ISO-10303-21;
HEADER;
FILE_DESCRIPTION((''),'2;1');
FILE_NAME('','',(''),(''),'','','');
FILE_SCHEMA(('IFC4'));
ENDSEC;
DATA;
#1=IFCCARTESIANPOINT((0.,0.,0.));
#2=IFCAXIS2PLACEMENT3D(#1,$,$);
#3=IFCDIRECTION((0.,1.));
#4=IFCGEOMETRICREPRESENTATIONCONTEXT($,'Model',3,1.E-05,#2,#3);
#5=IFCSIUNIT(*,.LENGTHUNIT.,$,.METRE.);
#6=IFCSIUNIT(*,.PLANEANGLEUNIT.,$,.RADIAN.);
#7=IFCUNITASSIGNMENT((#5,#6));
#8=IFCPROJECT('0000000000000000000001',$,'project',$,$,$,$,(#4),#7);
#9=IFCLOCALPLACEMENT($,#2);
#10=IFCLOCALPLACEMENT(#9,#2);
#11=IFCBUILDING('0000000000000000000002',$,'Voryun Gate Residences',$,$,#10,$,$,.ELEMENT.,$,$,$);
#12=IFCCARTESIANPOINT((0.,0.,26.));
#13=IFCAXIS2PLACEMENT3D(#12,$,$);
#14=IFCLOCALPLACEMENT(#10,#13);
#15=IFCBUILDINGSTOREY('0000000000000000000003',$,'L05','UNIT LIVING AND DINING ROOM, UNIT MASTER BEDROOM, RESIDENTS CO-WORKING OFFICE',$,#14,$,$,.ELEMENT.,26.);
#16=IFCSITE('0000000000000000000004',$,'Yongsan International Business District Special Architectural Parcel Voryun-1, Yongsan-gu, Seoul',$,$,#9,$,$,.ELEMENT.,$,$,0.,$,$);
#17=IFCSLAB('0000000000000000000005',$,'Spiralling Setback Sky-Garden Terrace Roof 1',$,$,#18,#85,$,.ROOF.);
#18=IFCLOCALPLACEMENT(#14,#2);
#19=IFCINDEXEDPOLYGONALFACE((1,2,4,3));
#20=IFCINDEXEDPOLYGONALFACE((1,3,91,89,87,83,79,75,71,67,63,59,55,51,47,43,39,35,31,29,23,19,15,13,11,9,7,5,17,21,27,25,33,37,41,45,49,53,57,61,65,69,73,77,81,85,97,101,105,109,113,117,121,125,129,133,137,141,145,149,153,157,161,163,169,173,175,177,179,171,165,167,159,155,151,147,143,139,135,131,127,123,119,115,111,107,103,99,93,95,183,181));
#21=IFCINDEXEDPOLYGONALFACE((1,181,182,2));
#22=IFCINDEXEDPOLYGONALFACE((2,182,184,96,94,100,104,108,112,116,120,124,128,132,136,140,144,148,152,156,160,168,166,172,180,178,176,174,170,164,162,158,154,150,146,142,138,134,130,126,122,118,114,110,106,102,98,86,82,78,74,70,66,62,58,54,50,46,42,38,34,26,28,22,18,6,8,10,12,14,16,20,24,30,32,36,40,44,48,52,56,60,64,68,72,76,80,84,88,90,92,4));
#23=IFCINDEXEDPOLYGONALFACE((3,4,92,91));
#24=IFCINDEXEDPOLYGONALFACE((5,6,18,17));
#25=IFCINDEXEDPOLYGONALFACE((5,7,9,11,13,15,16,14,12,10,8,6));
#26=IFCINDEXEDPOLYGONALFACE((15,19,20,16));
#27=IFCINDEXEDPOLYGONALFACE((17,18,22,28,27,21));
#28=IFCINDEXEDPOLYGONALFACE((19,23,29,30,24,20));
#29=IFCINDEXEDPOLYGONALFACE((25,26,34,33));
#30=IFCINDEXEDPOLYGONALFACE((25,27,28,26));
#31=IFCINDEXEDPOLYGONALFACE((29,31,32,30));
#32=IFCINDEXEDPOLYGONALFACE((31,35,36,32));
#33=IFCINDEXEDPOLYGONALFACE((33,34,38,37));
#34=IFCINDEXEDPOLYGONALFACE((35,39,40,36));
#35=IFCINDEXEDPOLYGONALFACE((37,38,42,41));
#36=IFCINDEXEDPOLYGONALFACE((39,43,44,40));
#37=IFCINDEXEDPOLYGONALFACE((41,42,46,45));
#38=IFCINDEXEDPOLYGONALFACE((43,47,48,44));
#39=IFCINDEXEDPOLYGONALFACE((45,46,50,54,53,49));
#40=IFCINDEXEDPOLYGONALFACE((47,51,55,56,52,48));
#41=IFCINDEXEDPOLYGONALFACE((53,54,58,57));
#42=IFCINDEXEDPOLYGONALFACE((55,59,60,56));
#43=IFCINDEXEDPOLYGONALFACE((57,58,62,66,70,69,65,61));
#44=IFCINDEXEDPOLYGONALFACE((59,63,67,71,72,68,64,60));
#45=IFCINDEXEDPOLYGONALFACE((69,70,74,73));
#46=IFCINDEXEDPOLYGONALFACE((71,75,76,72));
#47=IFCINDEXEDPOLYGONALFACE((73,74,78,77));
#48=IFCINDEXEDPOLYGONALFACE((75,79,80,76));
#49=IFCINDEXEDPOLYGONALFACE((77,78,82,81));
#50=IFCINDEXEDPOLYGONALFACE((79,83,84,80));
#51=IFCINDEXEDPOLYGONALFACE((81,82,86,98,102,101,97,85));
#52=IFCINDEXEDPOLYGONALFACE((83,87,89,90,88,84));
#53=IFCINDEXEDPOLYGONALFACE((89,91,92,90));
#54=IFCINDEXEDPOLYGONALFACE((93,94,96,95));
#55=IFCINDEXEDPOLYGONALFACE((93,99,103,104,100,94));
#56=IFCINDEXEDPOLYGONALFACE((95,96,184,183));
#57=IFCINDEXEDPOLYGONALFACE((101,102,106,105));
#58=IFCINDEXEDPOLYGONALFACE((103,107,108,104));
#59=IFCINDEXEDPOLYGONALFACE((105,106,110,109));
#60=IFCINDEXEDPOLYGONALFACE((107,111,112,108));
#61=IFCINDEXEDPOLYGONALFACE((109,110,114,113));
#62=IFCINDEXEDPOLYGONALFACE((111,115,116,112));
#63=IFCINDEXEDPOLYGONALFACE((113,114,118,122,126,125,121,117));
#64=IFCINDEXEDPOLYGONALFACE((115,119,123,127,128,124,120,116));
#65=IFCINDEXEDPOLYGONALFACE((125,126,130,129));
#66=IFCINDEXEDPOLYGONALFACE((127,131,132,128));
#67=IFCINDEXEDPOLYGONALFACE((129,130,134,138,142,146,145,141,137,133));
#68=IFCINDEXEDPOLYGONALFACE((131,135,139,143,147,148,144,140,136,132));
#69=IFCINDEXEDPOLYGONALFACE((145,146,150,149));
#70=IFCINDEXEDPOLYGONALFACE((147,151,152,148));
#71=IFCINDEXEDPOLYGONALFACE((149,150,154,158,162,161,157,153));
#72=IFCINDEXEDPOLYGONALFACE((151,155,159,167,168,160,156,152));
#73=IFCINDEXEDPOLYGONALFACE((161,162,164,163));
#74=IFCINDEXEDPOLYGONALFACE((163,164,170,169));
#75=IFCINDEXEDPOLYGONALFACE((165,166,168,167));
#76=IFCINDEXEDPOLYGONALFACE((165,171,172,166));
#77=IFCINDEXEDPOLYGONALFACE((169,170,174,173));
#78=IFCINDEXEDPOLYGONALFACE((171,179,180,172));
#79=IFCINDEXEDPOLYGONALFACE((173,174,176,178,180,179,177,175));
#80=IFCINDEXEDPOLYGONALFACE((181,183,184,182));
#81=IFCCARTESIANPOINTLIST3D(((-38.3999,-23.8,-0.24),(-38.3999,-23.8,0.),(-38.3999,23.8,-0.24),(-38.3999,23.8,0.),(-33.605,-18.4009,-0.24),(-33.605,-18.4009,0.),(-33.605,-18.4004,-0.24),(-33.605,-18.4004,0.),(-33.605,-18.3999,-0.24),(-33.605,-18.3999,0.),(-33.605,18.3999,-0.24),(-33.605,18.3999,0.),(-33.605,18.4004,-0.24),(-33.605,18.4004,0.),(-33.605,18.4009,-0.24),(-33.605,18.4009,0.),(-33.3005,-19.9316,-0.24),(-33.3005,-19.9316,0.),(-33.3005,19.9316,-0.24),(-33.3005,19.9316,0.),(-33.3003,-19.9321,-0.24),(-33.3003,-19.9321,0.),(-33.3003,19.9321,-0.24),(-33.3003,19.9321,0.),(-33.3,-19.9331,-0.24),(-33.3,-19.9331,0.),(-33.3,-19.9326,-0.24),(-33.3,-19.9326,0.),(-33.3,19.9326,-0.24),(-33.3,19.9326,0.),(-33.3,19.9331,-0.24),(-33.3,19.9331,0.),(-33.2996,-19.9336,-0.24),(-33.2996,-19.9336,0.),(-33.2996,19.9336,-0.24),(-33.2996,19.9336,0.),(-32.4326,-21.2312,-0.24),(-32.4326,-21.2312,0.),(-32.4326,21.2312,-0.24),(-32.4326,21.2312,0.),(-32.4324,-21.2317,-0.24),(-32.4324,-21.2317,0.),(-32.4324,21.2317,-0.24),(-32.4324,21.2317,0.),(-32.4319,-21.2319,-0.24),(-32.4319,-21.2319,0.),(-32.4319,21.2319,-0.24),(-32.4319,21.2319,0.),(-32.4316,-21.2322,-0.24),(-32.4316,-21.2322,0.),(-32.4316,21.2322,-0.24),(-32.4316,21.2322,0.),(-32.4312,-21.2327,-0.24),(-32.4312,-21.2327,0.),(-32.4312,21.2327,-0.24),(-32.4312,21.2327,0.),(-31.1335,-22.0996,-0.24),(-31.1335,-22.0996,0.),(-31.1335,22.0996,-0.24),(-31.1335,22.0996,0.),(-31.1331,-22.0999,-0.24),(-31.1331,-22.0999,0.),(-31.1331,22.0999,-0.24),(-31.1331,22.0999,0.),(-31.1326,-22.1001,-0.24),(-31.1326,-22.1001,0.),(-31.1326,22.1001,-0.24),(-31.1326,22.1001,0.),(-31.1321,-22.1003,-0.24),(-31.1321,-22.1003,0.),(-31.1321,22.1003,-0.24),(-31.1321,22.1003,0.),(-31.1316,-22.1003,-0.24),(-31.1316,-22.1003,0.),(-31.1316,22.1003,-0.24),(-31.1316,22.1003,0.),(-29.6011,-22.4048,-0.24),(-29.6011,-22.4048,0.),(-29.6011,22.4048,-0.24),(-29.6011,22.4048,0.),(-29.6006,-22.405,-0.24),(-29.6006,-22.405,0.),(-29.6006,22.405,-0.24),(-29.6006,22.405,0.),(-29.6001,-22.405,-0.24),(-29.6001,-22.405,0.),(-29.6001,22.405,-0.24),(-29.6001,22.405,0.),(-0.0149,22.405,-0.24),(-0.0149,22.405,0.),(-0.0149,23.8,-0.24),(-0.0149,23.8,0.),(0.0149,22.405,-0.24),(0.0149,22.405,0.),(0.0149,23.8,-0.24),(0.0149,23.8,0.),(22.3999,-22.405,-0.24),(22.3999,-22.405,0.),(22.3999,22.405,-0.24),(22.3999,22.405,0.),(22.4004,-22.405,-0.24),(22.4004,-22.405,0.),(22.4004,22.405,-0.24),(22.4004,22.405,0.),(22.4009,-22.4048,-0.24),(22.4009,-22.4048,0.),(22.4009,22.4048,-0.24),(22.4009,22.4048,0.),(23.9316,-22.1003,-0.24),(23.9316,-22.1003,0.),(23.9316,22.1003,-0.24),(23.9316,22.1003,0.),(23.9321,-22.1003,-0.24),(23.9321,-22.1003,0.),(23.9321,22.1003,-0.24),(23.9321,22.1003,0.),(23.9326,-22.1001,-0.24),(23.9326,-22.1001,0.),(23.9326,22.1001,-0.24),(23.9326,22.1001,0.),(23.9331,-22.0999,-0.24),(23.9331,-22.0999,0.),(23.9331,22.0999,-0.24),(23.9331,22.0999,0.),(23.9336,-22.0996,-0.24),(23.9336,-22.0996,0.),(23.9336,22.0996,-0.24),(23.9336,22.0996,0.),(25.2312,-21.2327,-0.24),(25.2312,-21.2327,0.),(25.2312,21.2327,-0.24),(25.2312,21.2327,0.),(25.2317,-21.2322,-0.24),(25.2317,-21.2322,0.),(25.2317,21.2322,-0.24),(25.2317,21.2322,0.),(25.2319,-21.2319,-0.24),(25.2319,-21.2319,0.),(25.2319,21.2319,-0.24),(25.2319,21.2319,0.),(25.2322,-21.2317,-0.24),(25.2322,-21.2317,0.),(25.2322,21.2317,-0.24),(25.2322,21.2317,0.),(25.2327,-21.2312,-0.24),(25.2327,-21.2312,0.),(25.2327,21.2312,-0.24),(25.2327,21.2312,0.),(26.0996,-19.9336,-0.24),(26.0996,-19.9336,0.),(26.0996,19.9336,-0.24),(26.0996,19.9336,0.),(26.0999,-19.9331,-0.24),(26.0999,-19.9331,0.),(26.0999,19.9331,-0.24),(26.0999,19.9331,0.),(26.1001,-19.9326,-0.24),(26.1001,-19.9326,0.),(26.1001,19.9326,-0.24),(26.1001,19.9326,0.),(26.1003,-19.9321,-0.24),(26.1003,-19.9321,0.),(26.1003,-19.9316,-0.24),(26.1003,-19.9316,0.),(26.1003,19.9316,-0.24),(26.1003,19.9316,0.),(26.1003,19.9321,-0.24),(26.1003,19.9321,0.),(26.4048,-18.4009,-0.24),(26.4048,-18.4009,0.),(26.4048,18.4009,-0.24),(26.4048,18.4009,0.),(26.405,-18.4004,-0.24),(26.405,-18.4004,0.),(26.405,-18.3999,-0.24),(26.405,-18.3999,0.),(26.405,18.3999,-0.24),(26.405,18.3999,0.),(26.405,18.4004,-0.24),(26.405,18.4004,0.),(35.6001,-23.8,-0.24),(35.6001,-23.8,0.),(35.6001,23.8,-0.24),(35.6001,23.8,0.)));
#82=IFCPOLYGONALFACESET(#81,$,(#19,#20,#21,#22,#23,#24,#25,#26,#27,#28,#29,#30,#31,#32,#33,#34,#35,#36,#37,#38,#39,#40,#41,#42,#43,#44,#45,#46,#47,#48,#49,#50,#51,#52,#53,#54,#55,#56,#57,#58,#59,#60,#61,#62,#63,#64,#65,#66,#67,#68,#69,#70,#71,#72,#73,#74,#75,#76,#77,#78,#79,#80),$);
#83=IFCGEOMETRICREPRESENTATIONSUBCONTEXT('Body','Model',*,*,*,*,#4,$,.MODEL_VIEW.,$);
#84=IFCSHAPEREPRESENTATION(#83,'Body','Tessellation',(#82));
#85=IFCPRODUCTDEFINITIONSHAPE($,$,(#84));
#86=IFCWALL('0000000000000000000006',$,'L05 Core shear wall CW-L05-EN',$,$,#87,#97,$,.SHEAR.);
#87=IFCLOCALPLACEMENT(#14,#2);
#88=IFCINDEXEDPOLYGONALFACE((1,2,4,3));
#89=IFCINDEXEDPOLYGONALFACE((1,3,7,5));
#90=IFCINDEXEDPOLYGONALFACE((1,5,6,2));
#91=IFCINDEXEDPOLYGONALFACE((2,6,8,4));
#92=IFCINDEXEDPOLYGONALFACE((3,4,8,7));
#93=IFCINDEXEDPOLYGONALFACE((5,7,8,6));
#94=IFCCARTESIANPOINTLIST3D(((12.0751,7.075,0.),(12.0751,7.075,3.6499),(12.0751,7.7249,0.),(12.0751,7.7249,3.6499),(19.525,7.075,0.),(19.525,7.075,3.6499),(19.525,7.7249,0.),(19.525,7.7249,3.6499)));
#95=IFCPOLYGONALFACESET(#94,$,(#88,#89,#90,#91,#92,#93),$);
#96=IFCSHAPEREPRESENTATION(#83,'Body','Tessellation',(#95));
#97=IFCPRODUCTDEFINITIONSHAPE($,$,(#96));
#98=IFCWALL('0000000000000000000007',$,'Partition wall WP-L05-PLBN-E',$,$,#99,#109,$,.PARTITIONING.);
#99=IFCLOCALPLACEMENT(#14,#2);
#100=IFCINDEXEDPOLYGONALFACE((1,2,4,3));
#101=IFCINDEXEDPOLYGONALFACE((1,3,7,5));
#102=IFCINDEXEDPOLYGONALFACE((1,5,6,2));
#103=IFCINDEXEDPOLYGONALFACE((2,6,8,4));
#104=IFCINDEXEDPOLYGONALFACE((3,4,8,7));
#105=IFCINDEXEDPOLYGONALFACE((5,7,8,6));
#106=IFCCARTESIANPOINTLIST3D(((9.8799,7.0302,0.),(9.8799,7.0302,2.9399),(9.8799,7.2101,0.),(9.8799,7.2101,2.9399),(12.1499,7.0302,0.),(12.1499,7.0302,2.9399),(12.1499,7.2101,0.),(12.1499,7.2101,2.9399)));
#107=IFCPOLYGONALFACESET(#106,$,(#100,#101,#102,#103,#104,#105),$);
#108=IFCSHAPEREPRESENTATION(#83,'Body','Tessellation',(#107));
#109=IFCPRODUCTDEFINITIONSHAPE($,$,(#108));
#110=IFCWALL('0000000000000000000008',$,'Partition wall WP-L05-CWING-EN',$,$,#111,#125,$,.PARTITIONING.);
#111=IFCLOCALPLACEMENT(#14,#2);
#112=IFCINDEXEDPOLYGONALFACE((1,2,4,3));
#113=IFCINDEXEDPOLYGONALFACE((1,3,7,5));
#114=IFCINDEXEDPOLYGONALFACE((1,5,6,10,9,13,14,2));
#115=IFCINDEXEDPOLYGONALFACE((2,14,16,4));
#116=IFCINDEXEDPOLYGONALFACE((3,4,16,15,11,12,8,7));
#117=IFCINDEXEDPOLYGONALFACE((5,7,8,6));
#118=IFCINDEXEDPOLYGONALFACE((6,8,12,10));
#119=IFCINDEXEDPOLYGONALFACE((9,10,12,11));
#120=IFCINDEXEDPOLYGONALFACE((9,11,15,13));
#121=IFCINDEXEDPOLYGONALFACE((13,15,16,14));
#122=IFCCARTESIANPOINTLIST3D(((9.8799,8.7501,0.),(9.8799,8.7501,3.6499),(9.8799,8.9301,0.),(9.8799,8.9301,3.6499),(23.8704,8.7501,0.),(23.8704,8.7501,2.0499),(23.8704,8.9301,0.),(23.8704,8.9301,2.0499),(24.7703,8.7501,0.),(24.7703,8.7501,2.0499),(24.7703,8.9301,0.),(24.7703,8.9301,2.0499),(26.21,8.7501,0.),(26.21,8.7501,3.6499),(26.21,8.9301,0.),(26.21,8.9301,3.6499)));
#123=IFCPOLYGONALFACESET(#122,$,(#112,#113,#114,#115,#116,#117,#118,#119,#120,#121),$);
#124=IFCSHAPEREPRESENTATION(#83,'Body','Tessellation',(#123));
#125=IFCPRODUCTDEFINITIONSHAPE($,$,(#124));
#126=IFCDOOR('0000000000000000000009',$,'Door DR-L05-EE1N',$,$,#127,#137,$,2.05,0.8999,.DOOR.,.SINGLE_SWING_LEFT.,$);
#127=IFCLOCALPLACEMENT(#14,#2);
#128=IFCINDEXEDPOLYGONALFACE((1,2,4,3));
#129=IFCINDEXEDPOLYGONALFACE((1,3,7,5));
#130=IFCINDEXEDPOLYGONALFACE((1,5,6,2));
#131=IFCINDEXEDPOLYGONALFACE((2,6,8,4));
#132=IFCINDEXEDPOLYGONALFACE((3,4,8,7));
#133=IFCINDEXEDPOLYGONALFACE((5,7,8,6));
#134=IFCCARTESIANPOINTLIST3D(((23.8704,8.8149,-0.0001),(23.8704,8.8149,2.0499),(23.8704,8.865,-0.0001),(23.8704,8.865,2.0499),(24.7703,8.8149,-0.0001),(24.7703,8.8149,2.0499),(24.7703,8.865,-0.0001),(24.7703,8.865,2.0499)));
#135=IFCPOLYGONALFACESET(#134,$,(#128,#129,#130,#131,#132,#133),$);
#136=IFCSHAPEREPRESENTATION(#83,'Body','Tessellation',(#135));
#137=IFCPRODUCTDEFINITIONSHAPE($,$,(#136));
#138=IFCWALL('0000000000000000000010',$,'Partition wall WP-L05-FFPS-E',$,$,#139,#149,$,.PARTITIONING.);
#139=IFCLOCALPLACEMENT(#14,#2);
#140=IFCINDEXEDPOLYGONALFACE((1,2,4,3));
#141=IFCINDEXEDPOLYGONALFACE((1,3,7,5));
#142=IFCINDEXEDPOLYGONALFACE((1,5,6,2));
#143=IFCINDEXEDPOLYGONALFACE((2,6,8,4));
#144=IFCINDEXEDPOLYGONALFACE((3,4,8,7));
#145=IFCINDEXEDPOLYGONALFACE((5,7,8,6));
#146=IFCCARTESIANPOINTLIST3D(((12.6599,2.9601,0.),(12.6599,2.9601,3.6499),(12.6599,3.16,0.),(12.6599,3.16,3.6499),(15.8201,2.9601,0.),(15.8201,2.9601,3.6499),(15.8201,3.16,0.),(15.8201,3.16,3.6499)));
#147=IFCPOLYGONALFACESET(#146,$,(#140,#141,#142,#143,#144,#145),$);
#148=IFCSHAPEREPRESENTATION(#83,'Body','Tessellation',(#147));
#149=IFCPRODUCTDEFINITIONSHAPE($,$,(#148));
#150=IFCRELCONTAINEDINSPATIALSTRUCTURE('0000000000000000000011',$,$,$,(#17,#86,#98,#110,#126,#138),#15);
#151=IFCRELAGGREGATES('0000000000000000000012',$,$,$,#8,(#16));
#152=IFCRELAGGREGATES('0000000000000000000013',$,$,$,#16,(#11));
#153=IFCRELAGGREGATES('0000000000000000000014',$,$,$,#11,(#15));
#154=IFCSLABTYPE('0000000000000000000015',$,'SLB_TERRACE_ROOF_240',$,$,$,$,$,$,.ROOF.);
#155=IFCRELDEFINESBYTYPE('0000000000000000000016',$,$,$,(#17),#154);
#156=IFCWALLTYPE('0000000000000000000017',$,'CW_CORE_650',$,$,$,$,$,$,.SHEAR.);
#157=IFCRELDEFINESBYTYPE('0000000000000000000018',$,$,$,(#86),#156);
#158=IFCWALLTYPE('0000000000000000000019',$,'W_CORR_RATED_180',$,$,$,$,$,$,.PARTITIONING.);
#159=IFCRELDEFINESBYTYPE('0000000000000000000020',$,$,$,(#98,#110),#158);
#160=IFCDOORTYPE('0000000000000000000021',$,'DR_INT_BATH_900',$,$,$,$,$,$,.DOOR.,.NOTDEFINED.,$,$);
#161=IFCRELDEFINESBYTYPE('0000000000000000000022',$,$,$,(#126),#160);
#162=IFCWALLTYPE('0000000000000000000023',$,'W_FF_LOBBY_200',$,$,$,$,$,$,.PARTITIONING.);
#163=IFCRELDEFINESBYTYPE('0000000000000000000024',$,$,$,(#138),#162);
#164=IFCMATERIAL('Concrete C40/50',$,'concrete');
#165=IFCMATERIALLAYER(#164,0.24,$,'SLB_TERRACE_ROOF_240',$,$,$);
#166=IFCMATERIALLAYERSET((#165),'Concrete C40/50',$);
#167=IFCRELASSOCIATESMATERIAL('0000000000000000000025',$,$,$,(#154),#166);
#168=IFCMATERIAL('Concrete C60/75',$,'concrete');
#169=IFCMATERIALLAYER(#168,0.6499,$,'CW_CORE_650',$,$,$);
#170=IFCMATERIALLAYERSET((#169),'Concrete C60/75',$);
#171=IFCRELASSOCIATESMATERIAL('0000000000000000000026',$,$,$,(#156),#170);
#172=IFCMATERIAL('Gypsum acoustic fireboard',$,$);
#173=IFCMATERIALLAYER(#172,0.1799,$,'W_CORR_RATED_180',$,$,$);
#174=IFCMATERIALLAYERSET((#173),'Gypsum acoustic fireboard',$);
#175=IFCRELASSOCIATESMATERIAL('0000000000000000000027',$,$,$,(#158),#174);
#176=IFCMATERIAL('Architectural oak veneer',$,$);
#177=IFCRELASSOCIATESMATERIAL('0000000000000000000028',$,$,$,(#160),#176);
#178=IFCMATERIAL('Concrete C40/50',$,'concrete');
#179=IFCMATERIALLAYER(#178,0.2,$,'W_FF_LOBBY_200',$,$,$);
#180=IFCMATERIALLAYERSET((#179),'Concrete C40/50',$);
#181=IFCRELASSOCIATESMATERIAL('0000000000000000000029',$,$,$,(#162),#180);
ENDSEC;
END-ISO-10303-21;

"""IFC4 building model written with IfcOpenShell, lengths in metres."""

from ifc_helpers import new_model, si_unit, direction, frame, frame_2d, origin, place, context, subcontext, project, spatial, polyline, rectangle, outline, extrude, material, layer, layer_set, type_object, element, fill, save


model = new_model("IFC4")

# Units and contexts
model_context = context("Model", 3, precision=1e-05, world=origin(), true_north=direction((0.0, 1.0)))
body_context = subcontext(model_context, "Body", "Model", "MODEL_VIEW")
ifc_project = project(units=[si_unit("LENGTHUNIT", "METRE"), si_unit("PLANEANGLEUNIT", "RADIAN")], contexts=[model_context])

# Site, building, storey
site_placement = place(None, origin())
site = spatial("IfcSite", under=ifc_project, at=site_placement, Name="Yongsan International Business District Special Architectural Parcel Voryun-1, Yongsan-gu, Seoul", CompositionType="ELEMENT", RefElevation=0.0)
building_placement = place(site_placement, origin())
building = spatial("IfcBuilding", under=site, at=building_placement, Name="Voryun Gate Residences", CompositionType="ELEMENT")
storey_placement = place(building_placement, frame((0.0, 0.0, 26.0)))
storey = spatial("IfcBuildingStorey", under=building, at=storey_placement, Name="L05", Description="UNIT LIVING AND DINING ROOM, UNIT MASTER BEDROOM, RESIDENTS CO-WORKING OFFICE", CompositionType="ELEMENT", Elevation=26.0)

# Slab
ifc_material_1 = material(Name="Concrete C40/50", Category="concrete")
ifc_layer_1 = layer(ifc_material_1, 0.24, Name="SLB_TERRACE_ROOF_240")
ifc_layer_set_1 = layer_set([ifc_layer_1], Name="Concrete C40/50")
slab_type_1 = type_object("IfcSlabType", Name="SLB_TERRACE_ROOF_240", PredefinedType="ROOF", material=ifc_layer_set_1)
slab_1_placement = place(storey_placement, frame((0.0, 0.0, -0.24)))
element("IfcSlab", 1, at=slab_1_placement, inside=storey, type_object=slab_type_1, Name="Spiralling Setback Sky-Garden Terrace Roof 1", PredefinedType="ROOF", context=body_context, shape_type="SweptSolid", body=[
    extrude(outline(polyline([(-0.0149, 23.8), (-0.0149, 22.405), (-29.6001, 22.405), (-29.6006, 22.405), (-29.6011, 22.4048), (-31.1316, 22.1003), (-31.1321, 22.1003), (-31.1326, 22.1001), (-31.1331, 22.0999), (-31.1335, 22.0996), (-32.4312, 21.2327), (-32.4316, 21.2322), (-32.4319, 21.2319), (-32.4324, 21.2317), (-32.4326, 21.2312), (-33.2996, 19.9336), (-33.3, 19.9331), (-33.3, 19.9326), (-33.3003, 19.9321), (-33.3005, 19.9316), (-33.605, 18.4009), (-33.605, 18.4004), (-33.605, 18.3999), (-33.605, -18.3999), (-33.605, -18.4004), (-33.605, -18.4009), (-33.3005, -19.9316), (-33.3003, -19.9321), (-33.3, -19.9326), (-33.3, -19.9331), (-33.2996, -19.9336), (-32.4326, -21.2312), (-32.4324, -21.2317), (-32.4319, -21.2319), (-32.4316, -21.2322), (-32.4312, -21.2327), (-31.1335, -22.0996), (-31.1331, -22.0999), (-31.1326, -22.1001), (-31.1321, -22.1003), (-31.1316, -22.1003), (-29.6011, -22.4048), (-29.6006, -22.405), (-29.6001, -22.405), (22.3999, -22.405), (22.4004, -22.405), (22.4009, -22.4048), (23.9316, -22.1003), (23.9321, -22.1003), (23.9326, -22.1001), (23.9331, -22.0999), (23.9336, -22.0996), (25.2312, -21.2327), (25.2317, -21.2322), (25.2319, -21.2319), (25.2322, -21.2317), (25.2327, -21.2312), (26.0996, -19.9336), (26.0999, -19.9331), (26.1001, -19.9326), (26.1003, -19.9321), (26.1003, -19.9316), (26.4048, -18.4009), (26.405, -18.4004), (26.405, -18.3999), (26.405, 18.3999), (26.405, 18.4004), (26.4048, 18.4009), (26.1003, 19.9316), (26.1003, 19.9321), (26.1001, 19.9326), (26.0999, 19.9331), (26.0996, 19.9336), (25.2327, 21.2312), (25.2322, 21.2317), (25.2319, 21.2319), (25.2317, 21.2322), (25.2312, 21.2327), (23.9336, 22.0996), (23.9331, 22.0999), (23.9326, 22.1001), (23.9321, 22.1003), (23.9316, 22.1003), (22.4009, 22.4048), (22.4004, 22.405), (22.3999, 22.405), (0.0149, 22.405), (0.0149, 23.8), (35.6001, 23.8), (35.6001, -23.8), (-38.3999, -23.8), (-38.3999, 23.8), (-0.0149, 23.8)])), origin(), (0.0, 0.0, 1.0), 0.24),
])

# Walls
ifc_material_2 = material(Name="Concrete C60/75", Category="concrete")
ifc_layer_2 = layer(ifc_material_2, 0.6499, Name="CW_CORE_650")
ifc_layer_set_2 = layer_set([ifc_layer_2], Name="Concrete C60/75")
wall_type_1 = type_object("IfcWallType", Name="CW_CORE_650", PredefinedType="SHEAR", material=ifc_layer_set_2)
wall_1_placement = place(storey_placement, frame((12.075, 7.3999, 0.0), z_axis=(0.0, 0.0, 1.0), x_axis=(1.0, 0.0, 0.0)))
element("IfcWall", 2, at=wall_1_placement, inside=storey, type_object=wall_type_1, Name="L05 Core shear wall CW-L05-EN", PredefinedType="SHEAR", context=body_context, shape_type="SweptSolid", body=[
    extrude(rectangle(XDim=7.45, YDim=0.6499, at=frame_2d((3.7251, 0.0))), origin(), (0.0, 0.0, 1.0), 3.6499),
])
ifc_material_3 = material(Name="Gypsum acoustic fireboard")
ifc_layer_3 = layer(ifc_material_3, 0.1799, Name="W_CORR_RATED_180")
ifc_layer_set_3 = layer_set([ifc_layer_3], Name="Gypsum acoustic fireboard")
wall_type_2 = type_object("IfcWallType", Name="W_CORR_RATED_180", PredefinedType="PARTITIONING", material=ifc_layer_set_3)
wall_2_placement = place(storey_placement, frame((9.8799, 7.1201, 0.0), z_axis=(0.0, 0.0, 1.0), x_axis=(1.0, 0.0, 0.0)))
element("IfcWall", 3, at=wall_2_placement, inside=storey, type_object=wall_type_2, Name="Partition wall WP-L05-PLBN-E", PredefinedType="PARTITIONING", context=body_context, shape_type="SweptSolid", body=[
    extrude(rectangle(XDim=2.27, YDim=0.1799, at=frame_2d((1.135, 0.0))), origin(), (0.0, 0.0, 1.0), 2.9399),
])

# Wall, opening, door
wall_3_placement = place(storey_placement, frame((9.8799, 8.8401, 0.0), z_axis=(0.0, 0.0, 1.0), x_axis=(1.0, 0.0, 0.0)))
wall_3 = element("IfcWall", 4, at=wall_3_placement, inside=storey, type_object=wall_type_2, Name="Partition wall WP-L05-CWING-EN", PredefinedType="PARTITIONING", context=body_context, shape_type="SweptSolid", body=[
    extrude(rectangle(XDim=16.3301, YDim=0.1799, at=frame_2d((8.165, 0.0))), origin(), (0.0, 0.0, 1.0), 3.6499),
])
opening_1_placement = place(wall_3_placement, frame((13.9905, 0.0, 0.0)))
opening_1 = element("IfcOpeningElement", 5, at=opening_1_placement, cuts=wall_3, PredefinedType="OPENING", context=body_context, shape_type="SweptSolid", body=[
    extrude(rectangle(XDim=0.8999, YDim=2.05, at=frame_2d((0.45, 1.0249))), frame((0.0, 0.0999, 0.0), z_axis=(0.0, -1.0, 0.0), x_axis=(1.0, 0.0, 0.0)), (0.0, 0.0, 1.0), 0.2),
])
ifc_material_4 = material(Name="Architectural oak veneer")
door_type_1 = type_object("IfcDoorType", Name="DR_INT_BATH_900", OperationType="NOTDEFINED", PredefinedType="DOOR", material=ifc_material_4)
door_1_placement = place(opening_1_placement, origin())
door_1 = element("IfcDoor", 6, at=door_1_placement, inside=storey, type_object=door_type_1, Name="Door DR-L05-EE1N", OperationType="SINGLE_SWING_LEFT", OverallHeight=2.05, OverallWidth=0.8999, PredefinedType="DOOR", context=body_context, shape_type="SweptSolid", body=[
    extrude(rectangle(XDim=0.8999, YDim=2.05, at=frame_2d((0.45, 1.0249))), frame((0.0, 0.0249, 0.0), z_axis=(0.0, -1.0, 0.0), x_axis=(1.0, 0.0, 0.0)), (0.0, 0.0, 1.0), 0.05),
])
fill(opening_1, door_1)

# Wall
ifc_material_5 = material(Name="Concrete C40/50", Category="concrete")
ifc_layer_4 = layer(ifc_material_5, 0.2, Name="W_FF_LOBBY_200")
ifc_layer_set_4 = layer_set([ifc_layer_4], Name="Concrete C40/50")
wall_type_3 = type_object("IfcWallType", Name="W_FF_LOBBY_200", PredefinedType="PARTITIONING", material=ifc_layer_set_4)
wall_4_placement = place(storey_placement, frame((12.6599, 3.0601, 0.0), z_axis=(0.0, 0.0, 1.0), x_axis=(1.0, 0.0, 0.0)))
element("IfcWall", 7, at=wall_4_placement, inside=storey, type_object=wall_type_3, Name="Partition wall WP-L05-FFPS-E", PredefinedType="PARTITIONING", context=body_context, shape_type="SweptSolid", body=[
    extrude(rectangle(XDim=3.1602, YDim=0.2, at=frame_2d((1.5801, 0.0))), origin(), (0.0, 0.0, 1.0), 3.6499),
])

save(model, "model.ifc")
